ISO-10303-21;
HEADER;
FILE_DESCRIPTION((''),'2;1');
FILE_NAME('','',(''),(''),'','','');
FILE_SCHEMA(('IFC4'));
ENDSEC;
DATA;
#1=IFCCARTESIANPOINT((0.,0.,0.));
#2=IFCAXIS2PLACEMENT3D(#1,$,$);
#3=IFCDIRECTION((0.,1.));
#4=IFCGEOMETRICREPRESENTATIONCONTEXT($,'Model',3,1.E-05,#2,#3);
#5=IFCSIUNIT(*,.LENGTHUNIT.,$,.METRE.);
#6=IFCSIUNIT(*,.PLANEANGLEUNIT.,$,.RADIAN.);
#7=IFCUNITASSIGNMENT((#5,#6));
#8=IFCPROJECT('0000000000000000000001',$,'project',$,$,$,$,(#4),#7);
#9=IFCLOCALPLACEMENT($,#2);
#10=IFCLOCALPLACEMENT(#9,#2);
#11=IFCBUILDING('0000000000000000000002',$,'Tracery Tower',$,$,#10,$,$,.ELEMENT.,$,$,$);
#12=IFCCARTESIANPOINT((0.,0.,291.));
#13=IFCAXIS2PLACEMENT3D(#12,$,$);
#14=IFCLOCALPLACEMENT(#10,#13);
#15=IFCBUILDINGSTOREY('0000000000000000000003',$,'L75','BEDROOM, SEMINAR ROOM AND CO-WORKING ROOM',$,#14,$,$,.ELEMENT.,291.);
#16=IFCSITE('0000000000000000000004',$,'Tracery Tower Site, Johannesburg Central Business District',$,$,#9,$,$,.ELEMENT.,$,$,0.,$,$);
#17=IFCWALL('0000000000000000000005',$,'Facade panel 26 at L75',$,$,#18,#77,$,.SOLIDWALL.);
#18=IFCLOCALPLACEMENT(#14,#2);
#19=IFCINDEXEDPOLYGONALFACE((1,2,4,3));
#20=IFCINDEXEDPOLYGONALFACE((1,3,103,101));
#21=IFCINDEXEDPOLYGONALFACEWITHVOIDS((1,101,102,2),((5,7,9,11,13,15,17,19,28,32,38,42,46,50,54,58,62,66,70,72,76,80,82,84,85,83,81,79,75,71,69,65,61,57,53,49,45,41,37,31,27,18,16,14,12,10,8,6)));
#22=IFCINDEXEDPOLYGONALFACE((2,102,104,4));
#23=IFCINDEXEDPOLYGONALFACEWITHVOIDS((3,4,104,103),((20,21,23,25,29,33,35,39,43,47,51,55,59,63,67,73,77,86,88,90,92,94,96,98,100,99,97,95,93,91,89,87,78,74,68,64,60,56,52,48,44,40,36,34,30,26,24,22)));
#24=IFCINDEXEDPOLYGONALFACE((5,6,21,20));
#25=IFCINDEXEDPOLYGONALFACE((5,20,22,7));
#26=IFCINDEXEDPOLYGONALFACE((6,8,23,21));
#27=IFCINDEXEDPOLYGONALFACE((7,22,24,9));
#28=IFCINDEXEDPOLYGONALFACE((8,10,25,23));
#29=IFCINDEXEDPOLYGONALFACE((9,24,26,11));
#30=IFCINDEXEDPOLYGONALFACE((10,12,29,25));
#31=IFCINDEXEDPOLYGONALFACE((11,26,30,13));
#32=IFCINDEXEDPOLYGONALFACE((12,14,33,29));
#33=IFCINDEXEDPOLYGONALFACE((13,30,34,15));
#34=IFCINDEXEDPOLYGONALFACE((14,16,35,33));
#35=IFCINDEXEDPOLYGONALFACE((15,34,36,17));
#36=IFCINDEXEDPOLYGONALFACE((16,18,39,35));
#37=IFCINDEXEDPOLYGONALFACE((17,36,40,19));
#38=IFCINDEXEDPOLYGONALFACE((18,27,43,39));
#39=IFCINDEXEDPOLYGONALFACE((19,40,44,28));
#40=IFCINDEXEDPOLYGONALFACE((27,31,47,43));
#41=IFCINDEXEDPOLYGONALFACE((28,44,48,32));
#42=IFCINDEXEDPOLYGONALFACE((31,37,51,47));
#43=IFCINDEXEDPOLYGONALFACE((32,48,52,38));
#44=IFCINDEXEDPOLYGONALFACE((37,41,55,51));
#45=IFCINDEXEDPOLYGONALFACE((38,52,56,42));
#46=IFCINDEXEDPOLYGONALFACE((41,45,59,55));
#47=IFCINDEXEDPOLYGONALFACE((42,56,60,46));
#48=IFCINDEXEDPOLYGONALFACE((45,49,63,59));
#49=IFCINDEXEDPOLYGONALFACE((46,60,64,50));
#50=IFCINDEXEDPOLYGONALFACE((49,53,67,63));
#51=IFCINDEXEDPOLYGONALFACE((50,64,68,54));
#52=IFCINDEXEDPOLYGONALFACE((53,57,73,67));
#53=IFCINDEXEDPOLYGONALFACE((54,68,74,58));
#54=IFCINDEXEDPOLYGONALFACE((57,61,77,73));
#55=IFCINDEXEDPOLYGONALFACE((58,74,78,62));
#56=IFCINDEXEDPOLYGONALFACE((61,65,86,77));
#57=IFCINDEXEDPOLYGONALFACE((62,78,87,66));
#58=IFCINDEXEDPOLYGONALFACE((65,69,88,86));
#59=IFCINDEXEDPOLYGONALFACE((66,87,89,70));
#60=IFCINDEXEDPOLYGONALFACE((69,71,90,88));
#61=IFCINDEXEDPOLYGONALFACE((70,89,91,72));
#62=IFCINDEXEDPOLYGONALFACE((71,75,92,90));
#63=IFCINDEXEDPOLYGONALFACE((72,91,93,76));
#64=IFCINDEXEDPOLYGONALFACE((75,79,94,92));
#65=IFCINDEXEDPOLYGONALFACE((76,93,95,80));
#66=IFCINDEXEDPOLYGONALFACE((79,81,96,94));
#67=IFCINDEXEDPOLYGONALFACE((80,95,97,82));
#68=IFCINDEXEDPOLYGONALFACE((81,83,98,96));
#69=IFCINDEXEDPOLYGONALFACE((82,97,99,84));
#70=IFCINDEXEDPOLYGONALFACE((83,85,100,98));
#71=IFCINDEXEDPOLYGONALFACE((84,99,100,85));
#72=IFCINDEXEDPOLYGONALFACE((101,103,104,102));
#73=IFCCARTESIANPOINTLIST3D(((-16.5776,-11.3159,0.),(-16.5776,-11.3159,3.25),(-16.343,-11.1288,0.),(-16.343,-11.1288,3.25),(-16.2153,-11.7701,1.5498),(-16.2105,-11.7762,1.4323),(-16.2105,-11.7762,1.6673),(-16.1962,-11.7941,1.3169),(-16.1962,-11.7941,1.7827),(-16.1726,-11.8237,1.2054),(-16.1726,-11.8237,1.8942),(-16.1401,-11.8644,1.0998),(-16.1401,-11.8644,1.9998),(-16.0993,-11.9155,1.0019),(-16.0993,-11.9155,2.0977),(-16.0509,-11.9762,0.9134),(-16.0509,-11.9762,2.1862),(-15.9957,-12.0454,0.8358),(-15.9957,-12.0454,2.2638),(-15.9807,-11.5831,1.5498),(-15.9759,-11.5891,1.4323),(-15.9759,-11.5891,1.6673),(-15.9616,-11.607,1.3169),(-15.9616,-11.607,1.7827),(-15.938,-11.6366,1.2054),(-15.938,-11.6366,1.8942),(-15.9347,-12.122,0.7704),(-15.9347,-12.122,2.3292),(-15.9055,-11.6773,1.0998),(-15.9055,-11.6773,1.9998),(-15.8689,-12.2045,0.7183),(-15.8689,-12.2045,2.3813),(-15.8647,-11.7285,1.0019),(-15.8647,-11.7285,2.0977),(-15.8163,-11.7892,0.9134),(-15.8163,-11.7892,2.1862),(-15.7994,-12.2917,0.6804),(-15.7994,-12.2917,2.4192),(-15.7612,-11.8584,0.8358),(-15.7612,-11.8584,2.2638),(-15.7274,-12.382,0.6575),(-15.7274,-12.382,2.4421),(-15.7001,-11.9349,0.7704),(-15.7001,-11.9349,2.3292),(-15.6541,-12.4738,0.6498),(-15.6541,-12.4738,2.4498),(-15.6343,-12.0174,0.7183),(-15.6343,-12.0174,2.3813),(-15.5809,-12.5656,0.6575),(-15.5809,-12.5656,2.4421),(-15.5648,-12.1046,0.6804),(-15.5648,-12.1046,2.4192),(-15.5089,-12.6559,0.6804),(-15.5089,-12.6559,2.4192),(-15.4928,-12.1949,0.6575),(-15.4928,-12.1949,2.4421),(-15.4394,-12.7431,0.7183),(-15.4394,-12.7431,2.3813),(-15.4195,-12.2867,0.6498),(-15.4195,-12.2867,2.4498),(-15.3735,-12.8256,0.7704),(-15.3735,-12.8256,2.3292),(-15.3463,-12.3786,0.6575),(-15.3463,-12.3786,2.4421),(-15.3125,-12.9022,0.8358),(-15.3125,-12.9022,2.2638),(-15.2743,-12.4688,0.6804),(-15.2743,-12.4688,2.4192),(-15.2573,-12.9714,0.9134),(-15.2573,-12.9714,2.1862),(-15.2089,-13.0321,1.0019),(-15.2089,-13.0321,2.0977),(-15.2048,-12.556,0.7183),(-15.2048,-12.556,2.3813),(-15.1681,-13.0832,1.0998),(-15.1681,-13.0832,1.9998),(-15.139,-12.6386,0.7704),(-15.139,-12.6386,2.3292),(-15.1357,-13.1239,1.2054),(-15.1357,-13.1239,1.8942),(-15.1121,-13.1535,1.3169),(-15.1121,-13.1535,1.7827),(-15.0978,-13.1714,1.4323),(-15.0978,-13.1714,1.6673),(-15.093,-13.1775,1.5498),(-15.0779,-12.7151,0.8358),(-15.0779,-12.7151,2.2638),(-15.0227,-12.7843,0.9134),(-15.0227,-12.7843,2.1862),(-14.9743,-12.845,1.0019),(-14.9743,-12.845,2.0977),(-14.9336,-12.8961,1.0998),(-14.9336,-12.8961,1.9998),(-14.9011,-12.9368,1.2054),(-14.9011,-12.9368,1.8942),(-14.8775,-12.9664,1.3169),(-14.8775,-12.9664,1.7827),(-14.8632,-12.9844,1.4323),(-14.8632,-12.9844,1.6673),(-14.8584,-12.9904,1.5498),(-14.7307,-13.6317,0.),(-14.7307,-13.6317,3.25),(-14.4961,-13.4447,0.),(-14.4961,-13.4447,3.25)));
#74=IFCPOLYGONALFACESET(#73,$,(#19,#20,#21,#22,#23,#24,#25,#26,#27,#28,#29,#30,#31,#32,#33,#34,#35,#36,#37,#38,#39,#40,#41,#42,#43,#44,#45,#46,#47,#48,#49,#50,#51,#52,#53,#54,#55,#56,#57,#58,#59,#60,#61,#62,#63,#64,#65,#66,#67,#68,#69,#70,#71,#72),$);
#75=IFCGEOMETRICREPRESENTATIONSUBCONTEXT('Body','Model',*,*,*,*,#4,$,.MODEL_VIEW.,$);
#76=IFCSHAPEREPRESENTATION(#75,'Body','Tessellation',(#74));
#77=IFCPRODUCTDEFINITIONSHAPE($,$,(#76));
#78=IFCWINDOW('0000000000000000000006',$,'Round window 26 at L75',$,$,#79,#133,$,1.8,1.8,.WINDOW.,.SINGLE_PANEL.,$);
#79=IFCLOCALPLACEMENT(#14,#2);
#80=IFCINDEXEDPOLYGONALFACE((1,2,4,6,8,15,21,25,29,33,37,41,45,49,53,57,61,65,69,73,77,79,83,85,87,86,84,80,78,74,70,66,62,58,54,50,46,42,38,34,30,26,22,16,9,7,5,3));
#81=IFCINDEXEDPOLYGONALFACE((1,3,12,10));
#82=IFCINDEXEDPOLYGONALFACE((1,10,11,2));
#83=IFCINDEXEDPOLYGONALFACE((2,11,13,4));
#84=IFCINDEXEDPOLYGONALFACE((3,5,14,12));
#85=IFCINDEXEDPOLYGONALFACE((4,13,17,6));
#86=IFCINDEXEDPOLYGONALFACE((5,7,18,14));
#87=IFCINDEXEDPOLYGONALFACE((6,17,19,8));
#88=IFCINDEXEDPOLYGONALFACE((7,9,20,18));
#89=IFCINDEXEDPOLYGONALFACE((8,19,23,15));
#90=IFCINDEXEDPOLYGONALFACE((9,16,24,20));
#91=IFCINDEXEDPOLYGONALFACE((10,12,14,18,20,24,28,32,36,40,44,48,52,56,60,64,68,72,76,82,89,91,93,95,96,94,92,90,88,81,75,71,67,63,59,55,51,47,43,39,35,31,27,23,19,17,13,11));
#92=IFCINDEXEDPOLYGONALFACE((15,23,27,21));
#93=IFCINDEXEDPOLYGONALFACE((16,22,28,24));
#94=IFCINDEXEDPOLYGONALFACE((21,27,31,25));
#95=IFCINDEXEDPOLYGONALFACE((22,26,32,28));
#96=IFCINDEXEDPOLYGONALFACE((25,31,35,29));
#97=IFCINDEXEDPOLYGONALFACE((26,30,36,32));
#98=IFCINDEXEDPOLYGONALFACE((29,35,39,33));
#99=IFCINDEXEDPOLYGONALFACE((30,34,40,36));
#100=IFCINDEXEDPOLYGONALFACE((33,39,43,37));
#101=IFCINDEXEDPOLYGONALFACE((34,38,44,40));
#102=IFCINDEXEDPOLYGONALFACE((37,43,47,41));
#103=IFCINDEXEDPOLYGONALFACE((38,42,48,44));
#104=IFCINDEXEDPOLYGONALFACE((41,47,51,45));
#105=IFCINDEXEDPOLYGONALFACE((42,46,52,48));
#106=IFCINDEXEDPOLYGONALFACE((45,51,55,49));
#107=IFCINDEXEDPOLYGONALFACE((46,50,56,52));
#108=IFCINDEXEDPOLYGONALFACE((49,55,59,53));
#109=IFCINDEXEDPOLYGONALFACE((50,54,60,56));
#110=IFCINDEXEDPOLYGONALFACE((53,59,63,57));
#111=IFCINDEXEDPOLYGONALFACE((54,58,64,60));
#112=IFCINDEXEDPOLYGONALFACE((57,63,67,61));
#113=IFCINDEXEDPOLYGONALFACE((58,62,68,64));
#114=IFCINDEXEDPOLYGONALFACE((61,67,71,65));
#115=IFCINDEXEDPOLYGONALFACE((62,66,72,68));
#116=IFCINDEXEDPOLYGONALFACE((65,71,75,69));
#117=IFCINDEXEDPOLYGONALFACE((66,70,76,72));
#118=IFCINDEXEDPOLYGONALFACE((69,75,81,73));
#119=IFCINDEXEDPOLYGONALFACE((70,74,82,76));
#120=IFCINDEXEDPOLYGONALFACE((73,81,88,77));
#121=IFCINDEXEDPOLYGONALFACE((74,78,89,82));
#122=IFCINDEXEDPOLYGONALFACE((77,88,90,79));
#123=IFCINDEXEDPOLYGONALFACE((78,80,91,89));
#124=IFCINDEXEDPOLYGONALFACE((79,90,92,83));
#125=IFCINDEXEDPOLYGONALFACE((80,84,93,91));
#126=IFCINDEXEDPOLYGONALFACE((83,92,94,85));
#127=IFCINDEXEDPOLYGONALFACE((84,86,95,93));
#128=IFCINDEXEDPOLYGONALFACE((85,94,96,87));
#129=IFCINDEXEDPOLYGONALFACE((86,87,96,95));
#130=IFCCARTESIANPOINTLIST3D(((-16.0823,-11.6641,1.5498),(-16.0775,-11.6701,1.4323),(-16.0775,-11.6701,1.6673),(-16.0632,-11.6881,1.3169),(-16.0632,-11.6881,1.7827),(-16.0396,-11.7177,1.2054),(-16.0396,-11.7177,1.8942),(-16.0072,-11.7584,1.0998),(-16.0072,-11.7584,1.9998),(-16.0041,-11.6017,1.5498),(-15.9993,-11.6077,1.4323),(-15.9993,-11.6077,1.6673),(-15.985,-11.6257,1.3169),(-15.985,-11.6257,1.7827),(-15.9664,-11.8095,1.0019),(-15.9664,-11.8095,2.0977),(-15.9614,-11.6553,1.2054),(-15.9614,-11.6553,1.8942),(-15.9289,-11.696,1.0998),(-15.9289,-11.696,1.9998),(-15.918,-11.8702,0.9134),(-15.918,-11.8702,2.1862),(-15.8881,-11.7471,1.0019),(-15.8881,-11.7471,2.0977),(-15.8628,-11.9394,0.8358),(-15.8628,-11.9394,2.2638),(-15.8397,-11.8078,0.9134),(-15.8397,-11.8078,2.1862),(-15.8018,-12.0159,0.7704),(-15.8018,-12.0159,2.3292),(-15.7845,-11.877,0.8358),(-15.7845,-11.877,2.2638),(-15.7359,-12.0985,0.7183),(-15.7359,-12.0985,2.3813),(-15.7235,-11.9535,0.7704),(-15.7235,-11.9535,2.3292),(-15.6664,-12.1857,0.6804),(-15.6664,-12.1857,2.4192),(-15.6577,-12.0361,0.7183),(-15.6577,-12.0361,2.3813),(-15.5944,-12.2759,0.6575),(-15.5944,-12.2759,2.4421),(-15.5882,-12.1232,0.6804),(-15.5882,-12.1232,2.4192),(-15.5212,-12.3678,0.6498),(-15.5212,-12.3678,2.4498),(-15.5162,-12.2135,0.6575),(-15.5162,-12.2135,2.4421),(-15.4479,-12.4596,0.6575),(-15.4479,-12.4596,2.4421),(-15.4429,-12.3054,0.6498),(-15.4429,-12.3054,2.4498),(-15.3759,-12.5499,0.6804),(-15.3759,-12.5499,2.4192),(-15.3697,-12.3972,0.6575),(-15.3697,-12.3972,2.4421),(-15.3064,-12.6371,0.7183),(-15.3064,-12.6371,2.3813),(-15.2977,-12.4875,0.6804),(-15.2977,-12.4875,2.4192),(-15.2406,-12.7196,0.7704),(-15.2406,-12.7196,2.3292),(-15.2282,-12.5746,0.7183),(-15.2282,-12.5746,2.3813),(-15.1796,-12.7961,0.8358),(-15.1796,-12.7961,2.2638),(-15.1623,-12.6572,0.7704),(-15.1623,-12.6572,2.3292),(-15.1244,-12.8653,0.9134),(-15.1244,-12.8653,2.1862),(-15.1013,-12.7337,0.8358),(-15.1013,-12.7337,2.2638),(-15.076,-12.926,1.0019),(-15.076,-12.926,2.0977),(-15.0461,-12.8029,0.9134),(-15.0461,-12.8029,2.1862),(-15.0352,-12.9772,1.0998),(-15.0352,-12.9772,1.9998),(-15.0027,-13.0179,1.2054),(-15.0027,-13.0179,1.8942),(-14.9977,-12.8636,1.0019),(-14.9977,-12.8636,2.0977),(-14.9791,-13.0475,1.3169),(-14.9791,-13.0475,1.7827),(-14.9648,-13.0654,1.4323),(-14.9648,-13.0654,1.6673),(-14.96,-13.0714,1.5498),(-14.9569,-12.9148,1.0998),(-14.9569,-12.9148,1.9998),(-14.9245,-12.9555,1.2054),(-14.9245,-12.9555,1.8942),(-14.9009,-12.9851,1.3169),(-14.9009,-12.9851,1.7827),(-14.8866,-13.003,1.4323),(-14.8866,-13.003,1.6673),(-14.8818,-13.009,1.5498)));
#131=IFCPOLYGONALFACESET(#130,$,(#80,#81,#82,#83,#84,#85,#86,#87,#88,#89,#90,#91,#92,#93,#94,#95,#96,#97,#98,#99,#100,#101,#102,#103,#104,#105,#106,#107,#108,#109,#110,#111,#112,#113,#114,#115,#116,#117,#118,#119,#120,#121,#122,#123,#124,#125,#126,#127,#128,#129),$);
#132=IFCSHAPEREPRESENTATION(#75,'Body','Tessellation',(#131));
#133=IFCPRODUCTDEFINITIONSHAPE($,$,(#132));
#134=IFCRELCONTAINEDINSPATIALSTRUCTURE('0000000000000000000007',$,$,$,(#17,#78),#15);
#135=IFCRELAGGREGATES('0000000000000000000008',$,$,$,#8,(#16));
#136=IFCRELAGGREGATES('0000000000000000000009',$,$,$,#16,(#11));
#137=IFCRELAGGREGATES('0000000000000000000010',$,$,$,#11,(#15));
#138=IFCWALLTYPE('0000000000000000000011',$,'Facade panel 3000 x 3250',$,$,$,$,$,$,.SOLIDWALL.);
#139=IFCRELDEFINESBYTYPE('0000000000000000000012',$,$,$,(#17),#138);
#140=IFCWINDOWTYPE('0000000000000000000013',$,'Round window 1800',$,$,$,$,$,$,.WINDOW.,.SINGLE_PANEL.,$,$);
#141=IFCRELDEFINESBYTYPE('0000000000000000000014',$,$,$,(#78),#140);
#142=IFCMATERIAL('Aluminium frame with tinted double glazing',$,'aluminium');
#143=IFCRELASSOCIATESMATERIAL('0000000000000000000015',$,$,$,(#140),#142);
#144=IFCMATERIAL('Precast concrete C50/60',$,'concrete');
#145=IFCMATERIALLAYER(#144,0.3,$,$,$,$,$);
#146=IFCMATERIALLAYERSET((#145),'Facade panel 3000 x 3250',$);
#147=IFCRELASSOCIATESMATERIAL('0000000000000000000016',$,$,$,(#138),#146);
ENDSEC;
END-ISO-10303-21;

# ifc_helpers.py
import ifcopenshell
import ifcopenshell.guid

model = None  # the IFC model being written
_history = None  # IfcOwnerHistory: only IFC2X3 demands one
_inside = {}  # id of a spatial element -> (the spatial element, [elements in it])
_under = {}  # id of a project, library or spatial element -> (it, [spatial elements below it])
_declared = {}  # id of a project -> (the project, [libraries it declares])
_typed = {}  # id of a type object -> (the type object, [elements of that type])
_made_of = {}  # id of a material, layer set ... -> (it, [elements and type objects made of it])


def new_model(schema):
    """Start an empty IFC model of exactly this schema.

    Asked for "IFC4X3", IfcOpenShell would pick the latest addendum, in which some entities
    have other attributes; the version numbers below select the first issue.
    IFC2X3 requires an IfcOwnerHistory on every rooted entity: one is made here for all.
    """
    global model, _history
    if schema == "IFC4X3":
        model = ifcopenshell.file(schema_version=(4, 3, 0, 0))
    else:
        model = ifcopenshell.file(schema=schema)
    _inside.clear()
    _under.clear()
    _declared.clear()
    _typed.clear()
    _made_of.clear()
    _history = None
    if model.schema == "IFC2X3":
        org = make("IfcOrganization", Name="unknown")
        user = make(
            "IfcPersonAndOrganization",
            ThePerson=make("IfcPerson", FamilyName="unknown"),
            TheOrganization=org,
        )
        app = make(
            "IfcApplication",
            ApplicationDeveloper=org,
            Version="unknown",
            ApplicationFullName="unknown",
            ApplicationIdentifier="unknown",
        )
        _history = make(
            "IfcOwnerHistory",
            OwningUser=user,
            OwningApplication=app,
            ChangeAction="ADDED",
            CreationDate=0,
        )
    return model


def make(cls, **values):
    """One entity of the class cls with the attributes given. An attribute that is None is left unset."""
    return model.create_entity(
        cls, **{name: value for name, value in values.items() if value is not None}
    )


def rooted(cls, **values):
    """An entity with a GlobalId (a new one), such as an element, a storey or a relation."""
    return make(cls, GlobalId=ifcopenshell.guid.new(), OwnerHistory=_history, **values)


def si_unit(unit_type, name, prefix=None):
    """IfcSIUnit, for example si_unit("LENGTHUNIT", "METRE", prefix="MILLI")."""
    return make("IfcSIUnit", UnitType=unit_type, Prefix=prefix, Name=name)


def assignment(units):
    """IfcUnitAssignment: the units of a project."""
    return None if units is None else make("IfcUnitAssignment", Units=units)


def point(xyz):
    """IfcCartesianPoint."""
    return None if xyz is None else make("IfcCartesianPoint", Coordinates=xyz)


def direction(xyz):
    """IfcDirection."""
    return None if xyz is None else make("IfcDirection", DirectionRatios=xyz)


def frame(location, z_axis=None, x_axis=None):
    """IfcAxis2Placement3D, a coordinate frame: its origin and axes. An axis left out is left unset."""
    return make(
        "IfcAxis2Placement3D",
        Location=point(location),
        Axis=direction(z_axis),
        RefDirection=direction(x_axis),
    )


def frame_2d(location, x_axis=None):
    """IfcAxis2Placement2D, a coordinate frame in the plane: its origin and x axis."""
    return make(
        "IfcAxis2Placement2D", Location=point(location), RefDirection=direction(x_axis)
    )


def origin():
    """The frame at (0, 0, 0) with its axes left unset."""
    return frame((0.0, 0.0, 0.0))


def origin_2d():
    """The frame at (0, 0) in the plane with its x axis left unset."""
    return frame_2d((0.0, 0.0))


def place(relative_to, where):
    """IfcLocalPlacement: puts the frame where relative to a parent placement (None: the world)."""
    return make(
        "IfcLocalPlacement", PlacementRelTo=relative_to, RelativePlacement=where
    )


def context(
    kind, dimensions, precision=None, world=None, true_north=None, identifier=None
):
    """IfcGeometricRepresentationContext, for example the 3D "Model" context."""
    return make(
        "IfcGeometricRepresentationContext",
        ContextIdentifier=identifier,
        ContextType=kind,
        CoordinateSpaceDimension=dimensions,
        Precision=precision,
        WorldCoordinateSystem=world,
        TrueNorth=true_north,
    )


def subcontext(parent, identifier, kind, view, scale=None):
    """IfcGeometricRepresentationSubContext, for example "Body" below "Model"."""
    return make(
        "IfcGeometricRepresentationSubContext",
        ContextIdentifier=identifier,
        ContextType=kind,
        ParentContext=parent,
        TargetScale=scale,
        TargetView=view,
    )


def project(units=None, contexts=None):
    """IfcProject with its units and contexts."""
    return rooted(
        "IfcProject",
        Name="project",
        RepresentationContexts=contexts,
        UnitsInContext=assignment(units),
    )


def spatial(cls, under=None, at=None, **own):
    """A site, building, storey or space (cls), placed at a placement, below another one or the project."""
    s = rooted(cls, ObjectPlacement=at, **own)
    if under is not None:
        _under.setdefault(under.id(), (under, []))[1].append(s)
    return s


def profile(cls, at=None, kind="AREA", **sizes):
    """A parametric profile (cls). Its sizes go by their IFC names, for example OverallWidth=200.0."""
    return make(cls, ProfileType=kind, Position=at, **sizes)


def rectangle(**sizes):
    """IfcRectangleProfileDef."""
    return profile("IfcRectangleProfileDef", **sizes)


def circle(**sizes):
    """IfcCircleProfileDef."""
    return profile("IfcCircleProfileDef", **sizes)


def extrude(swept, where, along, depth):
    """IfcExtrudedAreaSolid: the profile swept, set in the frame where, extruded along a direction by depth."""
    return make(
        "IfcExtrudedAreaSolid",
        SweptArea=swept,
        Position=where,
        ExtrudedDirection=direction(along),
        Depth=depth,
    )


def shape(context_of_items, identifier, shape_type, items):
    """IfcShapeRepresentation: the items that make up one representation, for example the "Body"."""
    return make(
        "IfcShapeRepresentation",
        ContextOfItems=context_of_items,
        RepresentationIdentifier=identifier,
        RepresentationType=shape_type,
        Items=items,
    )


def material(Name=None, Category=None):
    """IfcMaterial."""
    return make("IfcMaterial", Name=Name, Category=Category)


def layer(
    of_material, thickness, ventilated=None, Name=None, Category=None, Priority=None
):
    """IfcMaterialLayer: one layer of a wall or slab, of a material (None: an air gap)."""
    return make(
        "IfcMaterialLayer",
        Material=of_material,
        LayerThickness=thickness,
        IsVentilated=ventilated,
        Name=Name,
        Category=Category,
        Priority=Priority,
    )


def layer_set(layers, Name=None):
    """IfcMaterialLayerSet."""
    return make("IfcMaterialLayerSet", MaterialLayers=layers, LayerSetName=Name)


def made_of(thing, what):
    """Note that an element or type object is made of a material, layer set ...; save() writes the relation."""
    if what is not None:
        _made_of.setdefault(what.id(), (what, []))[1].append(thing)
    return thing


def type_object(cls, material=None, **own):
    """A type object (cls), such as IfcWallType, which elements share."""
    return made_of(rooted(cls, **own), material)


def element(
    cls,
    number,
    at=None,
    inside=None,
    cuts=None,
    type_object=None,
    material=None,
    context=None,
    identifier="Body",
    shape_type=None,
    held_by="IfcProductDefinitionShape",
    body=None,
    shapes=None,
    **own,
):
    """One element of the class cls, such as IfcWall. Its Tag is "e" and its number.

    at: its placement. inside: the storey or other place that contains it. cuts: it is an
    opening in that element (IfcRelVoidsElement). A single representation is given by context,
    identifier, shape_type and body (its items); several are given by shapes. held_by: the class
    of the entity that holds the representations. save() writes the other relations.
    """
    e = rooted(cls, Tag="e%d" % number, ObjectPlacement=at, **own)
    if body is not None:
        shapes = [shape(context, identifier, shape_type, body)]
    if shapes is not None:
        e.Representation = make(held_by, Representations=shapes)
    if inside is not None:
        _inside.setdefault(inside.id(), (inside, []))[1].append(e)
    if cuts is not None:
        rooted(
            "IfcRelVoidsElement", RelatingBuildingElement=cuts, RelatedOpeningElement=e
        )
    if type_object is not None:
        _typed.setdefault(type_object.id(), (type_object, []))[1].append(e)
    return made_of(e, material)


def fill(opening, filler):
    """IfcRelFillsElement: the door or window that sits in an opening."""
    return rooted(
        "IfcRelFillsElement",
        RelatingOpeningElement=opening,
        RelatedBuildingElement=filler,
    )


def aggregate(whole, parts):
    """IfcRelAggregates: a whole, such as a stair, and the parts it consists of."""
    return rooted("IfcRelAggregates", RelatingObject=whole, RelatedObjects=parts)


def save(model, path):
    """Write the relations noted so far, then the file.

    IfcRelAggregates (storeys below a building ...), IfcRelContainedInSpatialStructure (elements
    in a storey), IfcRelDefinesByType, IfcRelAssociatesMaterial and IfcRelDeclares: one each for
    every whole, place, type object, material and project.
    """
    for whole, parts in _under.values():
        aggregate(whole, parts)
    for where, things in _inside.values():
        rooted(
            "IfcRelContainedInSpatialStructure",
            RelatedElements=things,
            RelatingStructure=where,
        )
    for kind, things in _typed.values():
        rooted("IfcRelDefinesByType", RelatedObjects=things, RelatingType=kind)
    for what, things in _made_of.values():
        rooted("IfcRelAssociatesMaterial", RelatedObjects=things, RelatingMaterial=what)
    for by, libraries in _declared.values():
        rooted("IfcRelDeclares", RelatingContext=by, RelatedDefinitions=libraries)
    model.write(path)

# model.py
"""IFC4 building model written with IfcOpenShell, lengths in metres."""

from ifc_helpers import new_model, si_unit, direction, frame, frame_2d, origin, origin_2d, place, context, subcontext, project, spatial, rectangle, circle, extrude, material, layer, layer_set, type_object, element, fill, save


model = new_model("IFC4")

# Units and contexts
model_context = context("Model", 3, precision=1e-05, world=origin(), true_north=direction((0.0, 1.0)))
body_context = subcontext(model_context, "Body", "Model", "MODEL_VIEW")
ifc_project = project(units=[si_unit("LENGTHUNIT", "METRE"), si_unit("PLANEANGLEUNIT", "RADIAN")], contexts=[model_context])

# Site, building, storey
site_placement = place(None, origin())
site = spatial("IfcSite", under=ifc_project, at=site_placement, Name="Tracery Tower Site, Johannesburg Central Business District", CompositionType="ELEMENT", RefElevation=0.0)
building_placement = place(site_placement, origin())
building = spatial("IfcBuilding", under=site, at=building_placement, Name="Tracery Tower", CompositionType="ELEMENT")
storey_placement = place(building_placement, frame((0.0, 0.0, 291.0)))
storey = spatial("IfcBuildingStorey", under=building, at=storey_placement, Name="L75", Description="BEDROOM, SEMINAR ROOM AND CO-WORKING ROOM", CompositionType="ELEMENT", Elevation=291.0)

# Wall, opening, window
ifc_material_1 = material(Name="Aluminium frame with tinted double glazing", Category="aluminium")
window_type = type_object("IfcWindowType", Name="Round window 1800", PartitioningType="SINGLE_PANEL", PredefinedType="WINDOW", material=ifc_material_1)
ifc_material_2 = material(Name="Precast concrete C50/60", Category="concrete")
ifc_layer_1 = layer(ifc_material_2, 0.3)
ifc_layer_set_1 = layer_set([ifc_layer_1], Name="Facade panel 3000 x 3250")
wall_type_1 = type_object("IfcWallType", Name="Facade panel 3000 x 3250", PredefinedType="SOLIDWALL", material=ifc_layer_set_1)
wall_1_placement = place(storey_placement, frame((-16.4602, -11.2224, 0.0), z_axis=(0.0, 0.0, 1.0), x_axis=(0.623498, -0.781825, 0.0)))
wall_1 = element("IfcWall", 1, at=wall_1_placement, inside=storey, type_object=wall_type_1, Name="Facade panel 26 at L75", PredefinedType="SOLIDWALL", context=body_context, shape_type="SweptSolid", body=[
    extrude(rectangle(XDim=2.9622, YDim=0.3, at=frame_2d((1.481, 0.0))), origin(), (0.0, 0.0, 1.0), 3.25),
])
opening_1_placement = place(wall_1_placement, frame((1.481, 0.0, 1.5498)))
opening_1 = element("IfcOpeningElement", 2, at=opening_1_placement, cuts=wall_1, PredefinedType="OPENING", context=body_context, shape_type="SweptSolid", body=[
    extrude(circle(Radius=0.9, at=origin_2d()), frame((0.0, 0.1599, 0.0), z_axis=(0.0, -1.0, 0.0), x_axis=(1.0, 0.0, 0.0)), (0.0, 0.0, 1.0), 0.3201),
])
window_1_placement = place(opening_1_placement, origin())
window_1 = element("IfcWindow", 3, at=window_1_placement, inside=storey, type_object=window_type, Name="Round window 26 at L75", OverallHeight=1.8, OverallWidth=1.8, PartitioningType="SINGLE_PANEL", PredefinedType="WINDOW", context=body_context, shape_type="SweptSolid", body=[
    extrude(circle(Radius=0.9, at=origin_2d()), frame((0.0, 0.1201, 0.0), z_axis=(0.0, -1.0, 0.0), x_axis=(1.0, 0.0, 0.0)), (0.0, 0.0, 1.0), 0.1001),
])
fill(opening_1, window_1)

save(model, "model.ifc")
